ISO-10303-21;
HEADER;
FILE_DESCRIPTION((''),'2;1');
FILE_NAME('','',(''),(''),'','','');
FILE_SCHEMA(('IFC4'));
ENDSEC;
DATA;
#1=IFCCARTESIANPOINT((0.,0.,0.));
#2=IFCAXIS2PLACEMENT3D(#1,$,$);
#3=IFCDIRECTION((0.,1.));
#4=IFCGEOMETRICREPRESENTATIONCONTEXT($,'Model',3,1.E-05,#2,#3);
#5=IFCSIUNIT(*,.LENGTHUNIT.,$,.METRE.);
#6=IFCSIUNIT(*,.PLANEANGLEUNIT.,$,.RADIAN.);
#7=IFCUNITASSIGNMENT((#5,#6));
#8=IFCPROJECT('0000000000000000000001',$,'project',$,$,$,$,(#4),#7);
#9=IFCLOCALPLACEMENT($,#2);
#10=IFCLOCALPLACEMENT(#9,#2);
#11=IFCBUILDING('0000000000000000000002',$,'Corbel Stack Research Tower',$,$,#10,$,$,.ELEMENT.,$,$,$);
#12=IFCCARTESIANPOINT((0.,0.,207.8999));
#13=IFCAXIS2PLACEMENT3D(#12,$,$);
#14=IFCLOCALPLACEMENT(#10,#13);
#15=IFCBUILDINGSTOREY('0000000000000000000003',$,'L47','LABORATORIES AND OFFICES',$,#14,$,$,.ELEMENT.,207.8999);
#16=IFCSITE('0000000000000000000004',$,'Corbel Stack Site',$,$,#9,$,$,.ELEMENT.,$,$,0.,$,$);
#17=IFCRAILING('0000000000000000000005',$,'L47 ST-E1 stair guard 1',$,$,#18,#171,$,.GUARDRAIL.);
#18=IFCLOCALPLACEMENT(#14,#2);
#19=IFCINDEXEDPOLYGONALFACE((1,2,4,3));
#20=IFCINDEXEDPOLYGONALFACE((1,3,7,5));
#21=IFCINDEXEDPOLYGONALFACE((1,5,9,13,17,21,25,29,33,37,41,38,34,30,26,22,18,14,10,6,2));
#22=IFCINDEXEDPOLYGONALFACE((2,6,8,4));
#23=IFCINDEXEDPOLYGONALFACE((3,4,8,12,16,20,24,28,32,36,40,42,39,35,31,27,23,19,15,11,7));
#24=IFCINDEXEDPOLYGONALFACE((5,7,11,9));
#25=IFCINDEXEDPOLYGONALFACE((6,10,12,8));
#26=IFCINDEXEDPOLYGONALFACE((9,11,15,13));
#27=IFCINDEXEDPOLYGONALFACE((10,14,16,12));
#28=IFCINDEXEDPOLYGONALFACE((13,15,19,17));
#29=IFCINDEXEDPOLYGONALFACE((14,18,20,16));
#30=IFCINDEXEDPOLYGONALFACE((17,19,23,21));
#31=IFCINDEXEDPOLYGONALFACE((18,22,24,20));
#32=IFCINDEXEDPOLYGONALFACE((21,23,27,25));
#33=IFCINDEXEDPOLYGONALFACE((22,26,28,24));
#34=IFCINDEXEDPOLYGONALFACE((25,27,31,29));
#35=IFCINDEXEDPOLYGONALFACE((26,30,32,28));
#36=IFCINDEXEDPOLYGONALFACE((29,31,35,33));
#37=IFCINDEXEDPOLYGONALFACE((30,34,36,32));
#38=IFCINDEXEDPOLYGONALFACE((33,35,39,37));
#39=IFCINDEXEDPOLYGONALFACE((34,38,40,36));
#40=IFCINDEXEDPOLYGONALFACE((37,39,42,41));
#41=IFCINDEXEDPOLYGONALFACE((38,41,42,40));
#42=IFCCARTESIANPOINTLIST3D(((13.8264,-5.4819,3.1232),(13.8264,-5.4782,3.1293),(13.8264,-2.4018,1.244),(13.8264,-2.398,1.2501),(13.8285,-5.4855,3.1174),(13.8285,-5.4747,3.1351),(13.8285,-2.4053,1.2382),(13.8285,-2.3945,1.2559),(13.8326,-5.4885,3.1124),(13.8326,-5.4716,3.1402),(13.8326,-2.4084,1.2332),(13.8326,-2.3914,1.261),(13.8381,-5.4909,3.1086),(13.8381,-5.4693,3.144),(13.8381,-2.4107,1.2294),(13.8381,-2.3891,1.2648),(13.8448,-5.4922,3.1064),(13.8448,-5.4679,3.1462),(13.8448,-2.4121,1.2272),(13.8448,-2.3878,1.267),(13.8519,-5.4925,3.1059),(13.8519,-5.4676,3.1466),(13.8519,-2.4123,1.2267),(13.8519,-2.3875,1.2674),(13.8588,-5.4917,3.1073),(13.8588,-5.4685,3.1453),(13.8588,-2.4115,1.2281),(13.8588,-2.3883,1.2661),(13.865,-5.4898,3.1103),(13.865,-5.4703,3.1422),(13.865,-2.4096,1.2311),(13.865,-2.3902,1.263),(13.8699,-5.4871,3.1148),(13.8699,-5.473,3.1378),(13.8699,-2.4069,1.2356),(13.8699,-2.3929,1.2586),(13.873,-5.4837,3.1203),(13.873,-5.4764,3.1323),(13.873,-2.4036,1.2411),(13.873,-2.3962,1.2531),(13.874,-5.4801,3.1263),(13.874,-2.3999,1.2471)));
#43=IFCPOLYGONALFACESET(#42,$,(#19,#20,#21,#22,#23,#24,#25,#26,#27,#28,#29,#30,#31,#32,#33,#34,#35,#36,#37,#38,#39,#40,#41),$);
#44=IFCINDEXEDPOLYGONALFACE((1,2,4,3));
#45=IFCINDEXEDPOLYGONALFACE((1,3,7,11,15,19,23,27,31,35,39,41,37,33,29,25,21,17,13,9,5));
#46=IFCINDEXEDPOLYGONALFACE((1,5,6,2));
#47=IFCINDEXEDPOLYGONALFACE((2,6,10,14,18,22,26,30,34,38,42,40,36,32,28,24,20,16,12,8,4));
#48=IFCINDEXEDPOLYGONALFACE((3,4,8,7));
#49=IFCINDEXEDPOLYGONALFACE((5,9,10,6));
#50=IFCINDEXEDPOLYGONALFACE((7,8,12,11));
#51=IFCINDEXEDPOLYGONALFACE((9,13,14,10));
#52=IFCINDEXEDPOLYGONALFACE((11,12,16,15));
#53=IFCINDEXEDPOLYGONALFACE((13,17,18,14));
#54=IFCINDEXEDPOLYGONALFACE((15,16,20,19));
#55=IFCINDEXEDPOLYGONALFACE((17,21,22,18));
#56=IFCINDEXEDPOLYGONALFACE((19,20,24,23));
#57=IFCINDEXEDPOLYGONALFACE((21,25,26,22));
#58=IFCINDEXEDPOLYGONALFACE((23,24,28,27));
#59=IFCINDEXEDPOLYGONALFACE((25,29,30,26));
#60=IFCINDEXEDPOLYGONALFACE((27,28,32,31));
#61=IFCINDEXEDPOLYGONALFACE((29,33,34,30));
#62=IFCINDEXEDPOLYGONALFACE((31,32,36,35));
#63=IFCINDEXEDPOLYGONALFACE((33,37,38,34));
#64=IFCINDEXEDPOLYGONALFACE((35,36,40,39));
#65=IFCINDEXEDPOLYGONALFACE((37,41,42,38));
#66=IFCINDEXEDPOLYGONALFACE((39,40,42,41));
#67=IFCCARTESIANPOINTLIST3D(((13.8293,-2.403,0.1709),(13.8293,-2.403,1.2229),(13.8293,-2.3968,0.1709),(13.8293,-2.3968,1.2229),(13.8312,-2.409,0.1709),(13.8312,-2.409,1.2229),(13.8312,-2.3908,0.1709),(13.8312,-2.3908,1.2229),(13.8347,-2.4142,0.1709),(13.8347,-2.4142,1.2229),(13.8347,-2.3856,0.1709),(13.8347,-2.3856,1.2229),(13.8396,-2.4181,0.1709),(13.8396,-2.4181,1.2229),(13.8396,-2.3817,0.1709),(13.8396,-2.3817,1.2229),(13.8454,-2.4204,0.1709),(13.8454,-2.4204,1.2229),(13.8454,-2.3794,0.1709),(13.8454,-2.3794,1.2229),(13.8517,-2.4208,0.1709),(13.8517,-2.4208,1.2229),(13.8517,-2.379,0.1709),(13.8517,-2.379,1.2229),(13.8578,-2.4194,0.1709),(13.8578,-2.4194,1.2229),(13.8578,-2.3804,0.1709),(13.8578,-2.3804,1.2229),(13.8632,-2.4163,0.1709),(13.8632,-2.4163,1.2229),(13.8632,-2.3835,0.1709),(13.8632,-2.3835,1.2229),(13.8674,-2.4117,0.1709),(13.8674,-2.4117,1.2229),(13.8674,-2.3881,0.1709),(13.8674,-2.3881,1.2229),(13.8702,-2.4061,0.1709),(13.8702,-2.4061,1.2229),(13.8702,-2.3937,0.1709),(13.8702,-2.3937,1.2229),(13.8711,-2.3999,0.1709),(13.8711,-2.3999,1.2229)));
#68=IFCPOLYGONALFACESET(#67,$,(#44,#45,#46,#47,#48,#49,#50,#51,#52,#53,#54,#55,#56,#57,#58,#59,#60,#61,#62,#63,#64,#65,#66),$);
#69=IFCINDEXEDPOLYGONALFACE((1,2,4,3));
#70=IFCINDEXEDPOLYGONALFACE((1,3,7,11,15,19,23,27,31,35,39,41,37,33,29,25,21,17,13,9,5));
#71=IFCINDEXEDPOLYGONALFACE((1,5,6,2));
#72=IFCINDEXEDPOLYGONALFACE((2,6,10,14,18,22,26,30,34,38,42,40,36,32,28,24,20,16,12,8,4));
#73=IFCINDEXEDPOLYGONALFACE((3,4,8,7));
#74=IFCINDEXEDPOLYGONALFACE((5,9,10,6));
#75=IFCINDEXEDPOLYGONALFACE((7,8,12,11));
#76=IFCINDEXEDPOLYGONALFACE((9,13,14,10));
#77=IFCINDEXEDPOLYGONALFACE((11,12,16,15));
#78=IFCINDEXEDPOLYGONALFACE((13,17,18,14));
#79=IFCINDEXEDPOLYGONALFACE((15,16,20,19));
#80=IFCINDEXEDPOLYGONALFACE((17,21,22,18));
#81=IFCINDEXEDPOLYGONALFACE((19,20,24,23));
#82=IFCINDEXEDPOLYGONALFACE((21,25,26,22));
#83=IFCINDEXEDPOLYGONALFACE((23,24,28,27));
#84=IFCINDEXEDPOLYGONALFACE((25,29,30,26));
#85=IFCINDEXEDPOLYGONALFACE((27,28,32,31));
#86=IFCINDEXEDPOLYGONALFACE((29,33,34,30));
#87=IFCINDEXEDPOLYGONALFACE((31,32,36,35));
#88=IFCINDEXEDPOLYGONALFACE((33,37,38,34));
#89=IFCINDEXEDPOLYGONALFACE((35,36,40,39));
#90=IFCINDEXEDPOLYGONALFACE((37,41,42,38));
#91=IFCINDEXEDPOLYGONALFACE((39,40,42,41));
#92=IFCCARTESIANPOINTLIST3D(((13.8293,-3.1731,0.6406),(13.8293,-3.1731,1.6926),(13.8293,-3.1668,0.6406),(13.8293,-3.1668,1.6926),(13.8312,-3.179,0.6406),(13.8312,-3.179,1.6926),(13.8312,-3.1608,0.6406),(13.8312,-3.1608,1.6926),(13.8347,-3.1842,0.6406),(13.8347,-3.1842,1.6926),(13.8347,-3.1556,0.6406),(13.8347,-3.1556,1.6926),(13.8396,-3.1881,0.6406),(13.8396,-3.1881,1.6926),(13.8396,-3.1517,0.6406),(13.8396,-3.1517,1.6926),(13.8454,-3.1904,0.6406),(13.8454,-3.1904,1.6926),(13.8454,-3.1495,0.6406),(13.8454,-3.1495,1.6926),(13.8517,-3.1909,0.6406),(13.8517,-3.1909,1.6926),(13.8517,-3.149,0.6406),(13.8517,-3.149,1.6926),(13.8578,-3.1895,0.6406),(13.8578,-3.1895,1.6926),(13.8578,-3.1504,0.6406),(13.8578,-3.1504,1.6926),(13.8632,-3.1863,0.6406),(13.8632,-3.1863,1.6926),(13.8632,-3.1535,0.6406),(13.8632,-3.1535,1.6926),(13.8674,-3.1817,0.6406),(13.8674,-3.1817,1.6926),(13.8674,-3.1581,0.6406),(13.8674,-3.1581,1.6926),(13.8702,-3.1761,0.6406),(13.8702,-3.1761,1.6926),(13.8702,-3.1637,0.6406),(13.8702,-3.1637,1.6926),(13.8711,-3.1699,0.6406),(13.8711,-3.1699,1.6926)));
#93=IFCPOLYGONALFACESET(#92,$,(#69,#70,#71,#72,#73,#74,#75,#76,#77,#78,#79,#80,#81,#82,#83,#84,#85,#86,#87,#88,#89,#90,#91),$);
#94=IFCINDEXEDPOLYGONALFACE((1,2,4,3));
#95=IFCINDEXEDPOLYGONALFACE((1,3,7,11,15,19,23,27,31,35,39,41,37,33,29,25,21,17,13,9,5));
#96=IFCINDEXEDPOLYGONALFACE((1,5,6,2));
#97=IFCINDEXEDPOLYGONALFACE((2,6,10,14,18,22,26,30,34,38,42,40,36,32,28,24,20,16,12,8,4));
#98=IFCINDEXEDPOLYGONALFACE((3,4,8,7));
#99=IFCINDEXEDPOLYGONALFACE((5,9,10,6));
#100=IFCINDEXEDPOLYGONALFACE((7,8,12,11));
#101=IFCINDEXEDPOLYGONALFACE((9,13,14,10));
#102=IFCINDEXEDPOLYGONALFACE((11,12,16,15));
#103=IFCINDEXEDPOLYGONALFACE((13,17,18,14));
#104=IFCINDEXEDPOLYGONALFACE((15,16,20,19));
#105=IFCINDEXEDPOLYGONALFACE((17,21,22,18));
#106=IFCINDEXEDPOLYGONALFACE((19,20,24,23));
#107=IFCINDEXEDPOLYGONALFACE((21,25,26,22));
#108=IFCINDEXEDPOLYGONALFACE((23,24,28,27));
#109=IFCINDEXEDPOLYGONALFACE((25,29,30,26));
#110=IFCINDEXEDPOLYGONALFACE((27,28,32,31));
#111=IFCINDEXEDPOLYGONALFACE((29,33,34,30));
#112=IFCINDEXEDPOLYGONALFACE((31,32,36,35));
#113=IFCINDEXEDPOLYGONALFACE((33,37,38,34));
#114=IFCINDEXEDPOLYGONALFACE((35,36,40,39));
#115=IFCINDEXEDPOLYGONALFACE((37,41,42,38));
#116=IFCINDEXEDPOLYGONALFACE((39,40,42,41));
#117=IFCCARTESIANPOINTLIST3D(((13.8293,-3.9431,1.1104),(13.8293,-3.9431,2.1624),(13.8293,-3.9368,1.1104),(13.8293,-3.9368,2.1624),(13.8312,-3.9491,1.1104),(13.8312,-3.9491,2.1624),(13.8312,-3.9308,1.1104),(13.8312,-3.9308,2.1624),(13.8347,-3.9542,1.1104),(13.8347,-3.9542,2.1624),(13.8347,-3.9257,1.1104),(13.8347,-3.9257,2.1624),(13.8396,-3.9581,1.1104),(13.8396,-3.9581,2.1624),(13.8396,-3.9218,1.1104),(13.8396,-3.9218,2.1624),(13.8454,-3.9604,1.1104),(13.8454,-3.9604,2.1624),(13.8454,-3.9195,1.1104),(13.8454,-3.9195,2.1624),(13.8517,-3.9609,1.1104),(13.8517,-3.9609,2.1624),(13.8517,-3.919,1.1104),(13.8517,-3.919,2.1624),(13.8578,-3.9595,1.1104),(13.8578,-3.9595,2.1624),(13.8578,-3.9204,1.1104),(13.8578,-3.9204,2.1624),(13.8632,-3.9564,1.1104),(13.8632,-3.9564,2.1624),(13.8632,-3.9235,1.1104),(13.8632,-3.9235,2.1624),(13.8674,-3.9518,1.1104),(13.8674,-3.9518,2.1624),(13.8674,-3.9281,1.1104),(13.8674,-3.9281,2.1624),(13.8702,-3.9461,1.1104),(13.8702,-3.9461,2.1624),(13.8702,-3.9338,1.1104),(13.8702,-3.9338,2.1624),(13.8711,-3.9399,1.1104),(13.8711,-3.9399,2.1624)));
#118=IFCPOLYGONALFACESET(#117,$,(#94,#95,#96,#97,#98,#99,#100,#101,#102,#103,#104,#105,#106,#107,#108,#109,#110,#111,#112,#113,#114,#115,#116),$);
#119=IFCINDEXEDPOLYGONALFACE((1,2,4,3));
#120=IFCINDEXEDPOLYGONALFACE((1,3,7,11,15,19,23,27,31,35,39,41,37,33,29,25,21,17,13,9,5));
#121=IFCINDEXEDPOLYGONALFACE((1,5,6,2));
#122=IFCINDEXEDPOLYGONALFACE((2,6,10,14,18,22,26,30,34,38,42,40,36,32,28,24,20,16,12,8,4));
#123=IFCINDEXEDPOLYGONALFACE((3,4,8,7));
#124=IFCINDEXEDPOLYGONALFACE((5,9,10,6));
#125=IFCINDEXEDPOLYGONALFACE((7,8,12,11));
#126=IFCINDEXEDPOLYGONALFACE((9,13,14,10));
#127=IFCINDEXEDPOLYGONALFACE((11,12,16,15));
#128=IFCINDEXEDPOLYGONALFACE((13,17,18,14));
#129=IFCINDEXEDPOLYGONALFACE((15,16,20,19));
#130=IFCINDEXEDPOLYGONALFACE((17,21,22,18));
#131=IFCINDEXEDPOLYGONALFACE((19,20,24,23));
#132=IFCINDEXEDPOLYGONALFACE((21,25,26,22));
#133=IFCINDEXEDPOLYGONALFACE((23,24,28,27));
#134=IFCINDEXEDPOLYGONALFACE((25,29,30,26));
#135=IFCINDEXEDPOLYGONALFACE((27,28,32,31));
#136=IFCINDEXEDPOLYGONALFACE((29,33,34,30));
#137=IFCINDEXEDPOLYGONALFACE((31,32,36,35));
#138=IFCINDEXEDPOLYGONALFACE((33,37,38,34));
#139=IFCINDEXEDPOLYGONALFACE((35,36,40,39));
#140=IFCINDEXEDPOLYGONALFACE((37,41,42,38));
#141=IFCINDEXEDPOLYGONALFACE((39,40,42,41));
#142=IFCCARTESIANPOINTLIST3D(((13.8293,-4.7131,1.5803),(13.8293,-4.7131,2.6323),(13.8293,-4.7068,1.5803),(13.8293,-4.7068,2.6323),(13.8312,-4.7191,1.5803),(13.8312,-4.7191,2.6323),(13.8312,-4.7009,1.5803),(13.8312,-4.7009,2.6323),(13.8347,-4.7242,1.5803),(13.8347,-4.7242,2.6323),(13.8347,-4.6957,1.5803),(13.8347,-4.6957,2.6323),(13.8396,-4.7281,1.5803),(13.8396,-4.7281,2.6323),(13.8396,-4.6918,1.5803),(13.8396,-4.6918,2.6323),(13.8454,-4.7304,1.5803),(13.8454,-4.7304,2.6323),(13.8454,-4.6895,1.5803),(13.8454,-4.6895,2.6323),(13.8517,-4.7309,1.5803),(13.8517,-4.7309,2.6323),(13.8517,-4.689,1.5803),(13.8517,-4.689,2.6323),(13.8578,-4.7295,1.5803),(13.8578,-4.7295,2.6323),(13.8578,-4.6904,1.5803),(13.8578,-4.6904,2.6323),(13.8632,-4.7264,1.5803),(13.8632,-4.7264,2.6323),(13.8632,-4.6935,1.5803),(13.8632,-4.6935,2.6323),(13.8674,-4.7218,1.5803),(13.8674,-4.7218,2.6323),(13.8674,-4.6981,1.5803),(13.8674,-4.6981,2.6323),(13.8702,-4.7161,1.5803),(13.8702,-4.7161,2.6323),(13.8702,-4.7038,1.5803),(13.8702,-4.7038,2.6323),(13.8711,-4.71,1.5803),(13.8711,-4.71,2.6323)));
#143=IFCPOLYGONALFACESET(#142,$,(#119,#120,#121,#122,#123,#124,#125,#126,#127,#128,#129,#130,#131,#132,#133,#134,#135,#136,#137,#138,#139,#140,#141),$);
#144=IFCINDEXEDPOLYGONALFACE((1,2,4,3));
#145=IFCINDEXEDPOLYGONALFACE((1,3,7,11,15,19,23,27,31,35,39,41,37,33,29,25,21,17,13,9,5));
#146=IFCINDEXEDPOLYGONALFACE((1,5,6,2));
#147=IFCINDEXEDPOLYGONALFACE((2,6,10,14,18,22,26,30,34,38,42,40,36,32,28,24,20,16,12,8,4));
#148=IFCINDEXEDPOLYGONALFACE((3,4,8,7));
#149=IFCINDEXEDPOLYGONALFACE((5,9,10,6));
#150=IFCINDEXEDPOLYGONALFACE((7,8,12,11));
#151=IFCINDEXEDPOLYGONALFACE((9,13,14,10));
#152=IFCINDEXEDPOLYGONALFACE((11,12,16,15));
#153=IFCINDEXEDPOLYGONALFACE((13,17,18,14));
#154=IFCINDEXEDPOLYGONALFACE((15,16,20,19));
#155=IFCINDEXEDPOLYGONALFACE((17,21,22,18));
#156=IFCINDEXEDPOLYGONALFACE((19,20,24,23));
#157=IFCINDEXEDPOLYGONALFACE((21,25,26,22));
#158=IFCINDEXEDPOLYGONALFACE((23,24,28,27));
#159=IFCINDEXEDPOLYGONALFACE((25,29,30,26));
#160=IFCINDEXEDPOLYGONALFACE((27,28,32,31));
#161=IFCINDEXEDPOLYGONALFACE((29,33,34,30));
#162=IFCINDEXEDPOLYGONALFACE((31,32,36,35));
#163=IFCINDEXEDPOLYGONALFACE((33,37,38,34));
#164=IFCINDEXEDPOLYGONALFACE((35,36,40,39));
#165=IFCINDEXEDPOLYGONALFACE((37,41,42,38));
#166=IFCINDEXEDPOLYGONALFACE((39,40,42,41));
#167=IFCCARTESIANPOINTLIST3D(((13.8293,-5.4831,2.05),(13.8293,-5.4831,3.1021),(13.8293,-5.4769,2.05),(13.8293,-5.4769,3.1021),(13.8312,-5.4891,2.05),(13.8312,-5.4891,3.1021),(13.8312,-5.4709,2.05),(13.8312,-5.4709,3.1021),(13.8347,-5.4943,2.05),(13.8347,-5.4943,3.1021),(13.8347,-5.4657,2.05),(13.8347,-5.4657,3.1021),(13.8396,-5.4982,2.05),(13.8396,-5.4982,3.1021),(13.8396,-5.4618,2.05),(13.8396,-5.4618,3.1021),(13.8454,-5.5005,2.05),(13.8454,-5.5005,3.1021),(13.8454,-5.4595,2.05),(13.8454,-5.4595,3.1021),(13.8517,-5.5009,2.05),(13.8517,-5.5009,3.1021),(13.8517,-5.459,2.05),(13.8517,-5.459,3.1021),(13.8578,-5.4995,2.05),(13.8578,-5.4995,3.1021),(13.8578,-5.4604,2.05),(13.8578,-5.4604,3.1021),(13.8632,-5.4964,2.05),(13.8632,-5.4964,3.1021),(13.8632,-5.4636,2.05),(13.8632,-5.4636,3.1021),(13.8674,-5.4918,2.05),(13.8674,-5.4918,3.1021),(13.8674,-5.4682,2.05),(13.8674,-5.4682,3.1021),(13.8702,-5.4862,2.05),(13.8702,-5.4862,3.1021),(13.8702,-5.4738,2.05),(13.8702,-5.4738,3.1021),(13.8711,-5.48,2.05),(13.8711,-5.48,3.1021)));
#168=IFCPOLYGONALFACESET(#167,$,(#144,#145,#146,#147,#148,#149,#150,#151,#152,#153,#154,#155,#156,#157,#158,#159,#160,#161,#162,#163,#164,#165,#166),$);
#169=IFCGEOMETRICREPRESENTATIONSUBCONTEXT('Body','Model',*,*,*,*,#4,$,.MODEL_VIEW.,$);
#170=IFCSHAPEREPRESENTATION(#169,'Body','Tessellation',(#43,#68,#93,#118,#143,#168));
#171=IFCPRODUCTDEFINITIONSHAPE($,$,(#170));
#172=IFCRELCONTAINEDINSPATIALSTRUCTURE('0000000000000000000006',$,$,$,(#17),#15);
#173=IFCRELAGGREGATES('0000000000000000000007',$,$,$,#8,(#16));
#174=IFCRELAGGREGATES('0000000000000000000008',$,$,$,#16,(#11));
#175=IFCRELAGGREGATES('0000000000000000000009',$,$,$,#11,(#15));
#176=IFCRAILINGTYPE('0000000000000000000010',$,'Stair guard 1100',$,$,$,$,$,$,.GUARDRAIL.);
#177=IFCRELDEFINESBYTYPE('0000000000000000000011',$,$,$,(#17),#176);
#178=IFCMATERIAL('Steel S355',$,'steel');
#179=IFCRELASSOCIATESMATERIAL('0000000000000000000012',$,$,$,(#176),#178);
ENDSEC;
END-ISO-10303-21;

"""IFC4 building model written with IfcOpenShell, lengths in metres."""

from ifc_helpers import new_model, si_unit, direction, frame, origin, origin_2d, place, context, subcontext, project, spatial, circle, extrude, material, type_object, element, save


model = new_model("IFC4")

# Units and contexts
model_context = context("Model", 3, precision=1e-05, world=origin(), true_north=direction((0.0, 1.0)))
body_context = subcontext(model_context, "Body", "Model", "MODEL_VIEW")
ifc_project = project(units=[si_unit("LENGTHUNIT", "METRE"), si_unit("PLANEANGLEUNIT", "RADIAN")], contexts=[model_context])

# Site, building, storey
site_placement = place(None, origin())
site = spatial("IfcSite", under=ifc_project, at=site_placement, Name="Corbel Stack Site", CompositionType="ELEMENT", RefElevation=0.0)
building_placement = place(site_placement, origin())
building = spatial("IfcBuilding", under=site, at=building_placement, Name="Corbel Stack Research Tower", CompositionType="ELEMENT")
storey_placement = place(building_placement, frame((0.0, 0.0, 207.8999)))
storey = spatial("IfcBuildingStorey", under=building, at=storey_placement, Name="L47", Description="LABORATORIES AND OFFICES", CompositionType="ELEMENT", Elevation=207.8999)

# Railing
ifc_material_1 = material(Name="Steel S355", Category="steel")
railing_type_1 = type_object("IfcRailingType", Name="Stair guard 1100", PredefinedType="GUARDRAIL", material=ifc_material_1)
railing_1_placement = place(storey_placement, frame((13.8501, -2.3999, 0.1709)))
element("IfcRailing", 1, at=railing_1_placement, inside=storey, type_object=railing_type_1, Name="L47 ST-E1 stair guard 1", PredefinedType="GUARDRAIL", context=body_context, shape_type="SweptSolid", body=[
    extrude(circle(Radius=0.0239, at=origin_2d()), frame((0.0, 0.0, 1.0762), z_axis=(0.0, -0.853666, 0.52082), x_axis=(1.0, 0.0, 0.0)), (0.0, 0.0, 1.0), 3.6082),
    extrude(circle(Radius=0.021, at=origin_2d()), origin(), (0.0, 0.0, 1.0), 1.052),
    extrude(circle(Radius=0.021, at=origin_2d()), frame((0.0, -0.77, 0.4697)), (0.0, 0.0, 1.0), 1.052),
    extrude(circle(Radius=0.021, at=origin_2d()), frame((0.0, -1.54, 0.9395)), (0.0, 0.0, 1.0), 1.052),
    extrude(circle(Radius=0.021, at=origin_2d()), frame((0.0, -2.3101, 1.4094)), (0.0, 0.0, 1.0), 1.052),
    extrude(circle(Radius=0.021, at=origin_2d()), frame((0.0, -3.0801, 1.8792)), (0.0, 0.0, 1.0), 1.052),
])

save(model, "model.ifc")
